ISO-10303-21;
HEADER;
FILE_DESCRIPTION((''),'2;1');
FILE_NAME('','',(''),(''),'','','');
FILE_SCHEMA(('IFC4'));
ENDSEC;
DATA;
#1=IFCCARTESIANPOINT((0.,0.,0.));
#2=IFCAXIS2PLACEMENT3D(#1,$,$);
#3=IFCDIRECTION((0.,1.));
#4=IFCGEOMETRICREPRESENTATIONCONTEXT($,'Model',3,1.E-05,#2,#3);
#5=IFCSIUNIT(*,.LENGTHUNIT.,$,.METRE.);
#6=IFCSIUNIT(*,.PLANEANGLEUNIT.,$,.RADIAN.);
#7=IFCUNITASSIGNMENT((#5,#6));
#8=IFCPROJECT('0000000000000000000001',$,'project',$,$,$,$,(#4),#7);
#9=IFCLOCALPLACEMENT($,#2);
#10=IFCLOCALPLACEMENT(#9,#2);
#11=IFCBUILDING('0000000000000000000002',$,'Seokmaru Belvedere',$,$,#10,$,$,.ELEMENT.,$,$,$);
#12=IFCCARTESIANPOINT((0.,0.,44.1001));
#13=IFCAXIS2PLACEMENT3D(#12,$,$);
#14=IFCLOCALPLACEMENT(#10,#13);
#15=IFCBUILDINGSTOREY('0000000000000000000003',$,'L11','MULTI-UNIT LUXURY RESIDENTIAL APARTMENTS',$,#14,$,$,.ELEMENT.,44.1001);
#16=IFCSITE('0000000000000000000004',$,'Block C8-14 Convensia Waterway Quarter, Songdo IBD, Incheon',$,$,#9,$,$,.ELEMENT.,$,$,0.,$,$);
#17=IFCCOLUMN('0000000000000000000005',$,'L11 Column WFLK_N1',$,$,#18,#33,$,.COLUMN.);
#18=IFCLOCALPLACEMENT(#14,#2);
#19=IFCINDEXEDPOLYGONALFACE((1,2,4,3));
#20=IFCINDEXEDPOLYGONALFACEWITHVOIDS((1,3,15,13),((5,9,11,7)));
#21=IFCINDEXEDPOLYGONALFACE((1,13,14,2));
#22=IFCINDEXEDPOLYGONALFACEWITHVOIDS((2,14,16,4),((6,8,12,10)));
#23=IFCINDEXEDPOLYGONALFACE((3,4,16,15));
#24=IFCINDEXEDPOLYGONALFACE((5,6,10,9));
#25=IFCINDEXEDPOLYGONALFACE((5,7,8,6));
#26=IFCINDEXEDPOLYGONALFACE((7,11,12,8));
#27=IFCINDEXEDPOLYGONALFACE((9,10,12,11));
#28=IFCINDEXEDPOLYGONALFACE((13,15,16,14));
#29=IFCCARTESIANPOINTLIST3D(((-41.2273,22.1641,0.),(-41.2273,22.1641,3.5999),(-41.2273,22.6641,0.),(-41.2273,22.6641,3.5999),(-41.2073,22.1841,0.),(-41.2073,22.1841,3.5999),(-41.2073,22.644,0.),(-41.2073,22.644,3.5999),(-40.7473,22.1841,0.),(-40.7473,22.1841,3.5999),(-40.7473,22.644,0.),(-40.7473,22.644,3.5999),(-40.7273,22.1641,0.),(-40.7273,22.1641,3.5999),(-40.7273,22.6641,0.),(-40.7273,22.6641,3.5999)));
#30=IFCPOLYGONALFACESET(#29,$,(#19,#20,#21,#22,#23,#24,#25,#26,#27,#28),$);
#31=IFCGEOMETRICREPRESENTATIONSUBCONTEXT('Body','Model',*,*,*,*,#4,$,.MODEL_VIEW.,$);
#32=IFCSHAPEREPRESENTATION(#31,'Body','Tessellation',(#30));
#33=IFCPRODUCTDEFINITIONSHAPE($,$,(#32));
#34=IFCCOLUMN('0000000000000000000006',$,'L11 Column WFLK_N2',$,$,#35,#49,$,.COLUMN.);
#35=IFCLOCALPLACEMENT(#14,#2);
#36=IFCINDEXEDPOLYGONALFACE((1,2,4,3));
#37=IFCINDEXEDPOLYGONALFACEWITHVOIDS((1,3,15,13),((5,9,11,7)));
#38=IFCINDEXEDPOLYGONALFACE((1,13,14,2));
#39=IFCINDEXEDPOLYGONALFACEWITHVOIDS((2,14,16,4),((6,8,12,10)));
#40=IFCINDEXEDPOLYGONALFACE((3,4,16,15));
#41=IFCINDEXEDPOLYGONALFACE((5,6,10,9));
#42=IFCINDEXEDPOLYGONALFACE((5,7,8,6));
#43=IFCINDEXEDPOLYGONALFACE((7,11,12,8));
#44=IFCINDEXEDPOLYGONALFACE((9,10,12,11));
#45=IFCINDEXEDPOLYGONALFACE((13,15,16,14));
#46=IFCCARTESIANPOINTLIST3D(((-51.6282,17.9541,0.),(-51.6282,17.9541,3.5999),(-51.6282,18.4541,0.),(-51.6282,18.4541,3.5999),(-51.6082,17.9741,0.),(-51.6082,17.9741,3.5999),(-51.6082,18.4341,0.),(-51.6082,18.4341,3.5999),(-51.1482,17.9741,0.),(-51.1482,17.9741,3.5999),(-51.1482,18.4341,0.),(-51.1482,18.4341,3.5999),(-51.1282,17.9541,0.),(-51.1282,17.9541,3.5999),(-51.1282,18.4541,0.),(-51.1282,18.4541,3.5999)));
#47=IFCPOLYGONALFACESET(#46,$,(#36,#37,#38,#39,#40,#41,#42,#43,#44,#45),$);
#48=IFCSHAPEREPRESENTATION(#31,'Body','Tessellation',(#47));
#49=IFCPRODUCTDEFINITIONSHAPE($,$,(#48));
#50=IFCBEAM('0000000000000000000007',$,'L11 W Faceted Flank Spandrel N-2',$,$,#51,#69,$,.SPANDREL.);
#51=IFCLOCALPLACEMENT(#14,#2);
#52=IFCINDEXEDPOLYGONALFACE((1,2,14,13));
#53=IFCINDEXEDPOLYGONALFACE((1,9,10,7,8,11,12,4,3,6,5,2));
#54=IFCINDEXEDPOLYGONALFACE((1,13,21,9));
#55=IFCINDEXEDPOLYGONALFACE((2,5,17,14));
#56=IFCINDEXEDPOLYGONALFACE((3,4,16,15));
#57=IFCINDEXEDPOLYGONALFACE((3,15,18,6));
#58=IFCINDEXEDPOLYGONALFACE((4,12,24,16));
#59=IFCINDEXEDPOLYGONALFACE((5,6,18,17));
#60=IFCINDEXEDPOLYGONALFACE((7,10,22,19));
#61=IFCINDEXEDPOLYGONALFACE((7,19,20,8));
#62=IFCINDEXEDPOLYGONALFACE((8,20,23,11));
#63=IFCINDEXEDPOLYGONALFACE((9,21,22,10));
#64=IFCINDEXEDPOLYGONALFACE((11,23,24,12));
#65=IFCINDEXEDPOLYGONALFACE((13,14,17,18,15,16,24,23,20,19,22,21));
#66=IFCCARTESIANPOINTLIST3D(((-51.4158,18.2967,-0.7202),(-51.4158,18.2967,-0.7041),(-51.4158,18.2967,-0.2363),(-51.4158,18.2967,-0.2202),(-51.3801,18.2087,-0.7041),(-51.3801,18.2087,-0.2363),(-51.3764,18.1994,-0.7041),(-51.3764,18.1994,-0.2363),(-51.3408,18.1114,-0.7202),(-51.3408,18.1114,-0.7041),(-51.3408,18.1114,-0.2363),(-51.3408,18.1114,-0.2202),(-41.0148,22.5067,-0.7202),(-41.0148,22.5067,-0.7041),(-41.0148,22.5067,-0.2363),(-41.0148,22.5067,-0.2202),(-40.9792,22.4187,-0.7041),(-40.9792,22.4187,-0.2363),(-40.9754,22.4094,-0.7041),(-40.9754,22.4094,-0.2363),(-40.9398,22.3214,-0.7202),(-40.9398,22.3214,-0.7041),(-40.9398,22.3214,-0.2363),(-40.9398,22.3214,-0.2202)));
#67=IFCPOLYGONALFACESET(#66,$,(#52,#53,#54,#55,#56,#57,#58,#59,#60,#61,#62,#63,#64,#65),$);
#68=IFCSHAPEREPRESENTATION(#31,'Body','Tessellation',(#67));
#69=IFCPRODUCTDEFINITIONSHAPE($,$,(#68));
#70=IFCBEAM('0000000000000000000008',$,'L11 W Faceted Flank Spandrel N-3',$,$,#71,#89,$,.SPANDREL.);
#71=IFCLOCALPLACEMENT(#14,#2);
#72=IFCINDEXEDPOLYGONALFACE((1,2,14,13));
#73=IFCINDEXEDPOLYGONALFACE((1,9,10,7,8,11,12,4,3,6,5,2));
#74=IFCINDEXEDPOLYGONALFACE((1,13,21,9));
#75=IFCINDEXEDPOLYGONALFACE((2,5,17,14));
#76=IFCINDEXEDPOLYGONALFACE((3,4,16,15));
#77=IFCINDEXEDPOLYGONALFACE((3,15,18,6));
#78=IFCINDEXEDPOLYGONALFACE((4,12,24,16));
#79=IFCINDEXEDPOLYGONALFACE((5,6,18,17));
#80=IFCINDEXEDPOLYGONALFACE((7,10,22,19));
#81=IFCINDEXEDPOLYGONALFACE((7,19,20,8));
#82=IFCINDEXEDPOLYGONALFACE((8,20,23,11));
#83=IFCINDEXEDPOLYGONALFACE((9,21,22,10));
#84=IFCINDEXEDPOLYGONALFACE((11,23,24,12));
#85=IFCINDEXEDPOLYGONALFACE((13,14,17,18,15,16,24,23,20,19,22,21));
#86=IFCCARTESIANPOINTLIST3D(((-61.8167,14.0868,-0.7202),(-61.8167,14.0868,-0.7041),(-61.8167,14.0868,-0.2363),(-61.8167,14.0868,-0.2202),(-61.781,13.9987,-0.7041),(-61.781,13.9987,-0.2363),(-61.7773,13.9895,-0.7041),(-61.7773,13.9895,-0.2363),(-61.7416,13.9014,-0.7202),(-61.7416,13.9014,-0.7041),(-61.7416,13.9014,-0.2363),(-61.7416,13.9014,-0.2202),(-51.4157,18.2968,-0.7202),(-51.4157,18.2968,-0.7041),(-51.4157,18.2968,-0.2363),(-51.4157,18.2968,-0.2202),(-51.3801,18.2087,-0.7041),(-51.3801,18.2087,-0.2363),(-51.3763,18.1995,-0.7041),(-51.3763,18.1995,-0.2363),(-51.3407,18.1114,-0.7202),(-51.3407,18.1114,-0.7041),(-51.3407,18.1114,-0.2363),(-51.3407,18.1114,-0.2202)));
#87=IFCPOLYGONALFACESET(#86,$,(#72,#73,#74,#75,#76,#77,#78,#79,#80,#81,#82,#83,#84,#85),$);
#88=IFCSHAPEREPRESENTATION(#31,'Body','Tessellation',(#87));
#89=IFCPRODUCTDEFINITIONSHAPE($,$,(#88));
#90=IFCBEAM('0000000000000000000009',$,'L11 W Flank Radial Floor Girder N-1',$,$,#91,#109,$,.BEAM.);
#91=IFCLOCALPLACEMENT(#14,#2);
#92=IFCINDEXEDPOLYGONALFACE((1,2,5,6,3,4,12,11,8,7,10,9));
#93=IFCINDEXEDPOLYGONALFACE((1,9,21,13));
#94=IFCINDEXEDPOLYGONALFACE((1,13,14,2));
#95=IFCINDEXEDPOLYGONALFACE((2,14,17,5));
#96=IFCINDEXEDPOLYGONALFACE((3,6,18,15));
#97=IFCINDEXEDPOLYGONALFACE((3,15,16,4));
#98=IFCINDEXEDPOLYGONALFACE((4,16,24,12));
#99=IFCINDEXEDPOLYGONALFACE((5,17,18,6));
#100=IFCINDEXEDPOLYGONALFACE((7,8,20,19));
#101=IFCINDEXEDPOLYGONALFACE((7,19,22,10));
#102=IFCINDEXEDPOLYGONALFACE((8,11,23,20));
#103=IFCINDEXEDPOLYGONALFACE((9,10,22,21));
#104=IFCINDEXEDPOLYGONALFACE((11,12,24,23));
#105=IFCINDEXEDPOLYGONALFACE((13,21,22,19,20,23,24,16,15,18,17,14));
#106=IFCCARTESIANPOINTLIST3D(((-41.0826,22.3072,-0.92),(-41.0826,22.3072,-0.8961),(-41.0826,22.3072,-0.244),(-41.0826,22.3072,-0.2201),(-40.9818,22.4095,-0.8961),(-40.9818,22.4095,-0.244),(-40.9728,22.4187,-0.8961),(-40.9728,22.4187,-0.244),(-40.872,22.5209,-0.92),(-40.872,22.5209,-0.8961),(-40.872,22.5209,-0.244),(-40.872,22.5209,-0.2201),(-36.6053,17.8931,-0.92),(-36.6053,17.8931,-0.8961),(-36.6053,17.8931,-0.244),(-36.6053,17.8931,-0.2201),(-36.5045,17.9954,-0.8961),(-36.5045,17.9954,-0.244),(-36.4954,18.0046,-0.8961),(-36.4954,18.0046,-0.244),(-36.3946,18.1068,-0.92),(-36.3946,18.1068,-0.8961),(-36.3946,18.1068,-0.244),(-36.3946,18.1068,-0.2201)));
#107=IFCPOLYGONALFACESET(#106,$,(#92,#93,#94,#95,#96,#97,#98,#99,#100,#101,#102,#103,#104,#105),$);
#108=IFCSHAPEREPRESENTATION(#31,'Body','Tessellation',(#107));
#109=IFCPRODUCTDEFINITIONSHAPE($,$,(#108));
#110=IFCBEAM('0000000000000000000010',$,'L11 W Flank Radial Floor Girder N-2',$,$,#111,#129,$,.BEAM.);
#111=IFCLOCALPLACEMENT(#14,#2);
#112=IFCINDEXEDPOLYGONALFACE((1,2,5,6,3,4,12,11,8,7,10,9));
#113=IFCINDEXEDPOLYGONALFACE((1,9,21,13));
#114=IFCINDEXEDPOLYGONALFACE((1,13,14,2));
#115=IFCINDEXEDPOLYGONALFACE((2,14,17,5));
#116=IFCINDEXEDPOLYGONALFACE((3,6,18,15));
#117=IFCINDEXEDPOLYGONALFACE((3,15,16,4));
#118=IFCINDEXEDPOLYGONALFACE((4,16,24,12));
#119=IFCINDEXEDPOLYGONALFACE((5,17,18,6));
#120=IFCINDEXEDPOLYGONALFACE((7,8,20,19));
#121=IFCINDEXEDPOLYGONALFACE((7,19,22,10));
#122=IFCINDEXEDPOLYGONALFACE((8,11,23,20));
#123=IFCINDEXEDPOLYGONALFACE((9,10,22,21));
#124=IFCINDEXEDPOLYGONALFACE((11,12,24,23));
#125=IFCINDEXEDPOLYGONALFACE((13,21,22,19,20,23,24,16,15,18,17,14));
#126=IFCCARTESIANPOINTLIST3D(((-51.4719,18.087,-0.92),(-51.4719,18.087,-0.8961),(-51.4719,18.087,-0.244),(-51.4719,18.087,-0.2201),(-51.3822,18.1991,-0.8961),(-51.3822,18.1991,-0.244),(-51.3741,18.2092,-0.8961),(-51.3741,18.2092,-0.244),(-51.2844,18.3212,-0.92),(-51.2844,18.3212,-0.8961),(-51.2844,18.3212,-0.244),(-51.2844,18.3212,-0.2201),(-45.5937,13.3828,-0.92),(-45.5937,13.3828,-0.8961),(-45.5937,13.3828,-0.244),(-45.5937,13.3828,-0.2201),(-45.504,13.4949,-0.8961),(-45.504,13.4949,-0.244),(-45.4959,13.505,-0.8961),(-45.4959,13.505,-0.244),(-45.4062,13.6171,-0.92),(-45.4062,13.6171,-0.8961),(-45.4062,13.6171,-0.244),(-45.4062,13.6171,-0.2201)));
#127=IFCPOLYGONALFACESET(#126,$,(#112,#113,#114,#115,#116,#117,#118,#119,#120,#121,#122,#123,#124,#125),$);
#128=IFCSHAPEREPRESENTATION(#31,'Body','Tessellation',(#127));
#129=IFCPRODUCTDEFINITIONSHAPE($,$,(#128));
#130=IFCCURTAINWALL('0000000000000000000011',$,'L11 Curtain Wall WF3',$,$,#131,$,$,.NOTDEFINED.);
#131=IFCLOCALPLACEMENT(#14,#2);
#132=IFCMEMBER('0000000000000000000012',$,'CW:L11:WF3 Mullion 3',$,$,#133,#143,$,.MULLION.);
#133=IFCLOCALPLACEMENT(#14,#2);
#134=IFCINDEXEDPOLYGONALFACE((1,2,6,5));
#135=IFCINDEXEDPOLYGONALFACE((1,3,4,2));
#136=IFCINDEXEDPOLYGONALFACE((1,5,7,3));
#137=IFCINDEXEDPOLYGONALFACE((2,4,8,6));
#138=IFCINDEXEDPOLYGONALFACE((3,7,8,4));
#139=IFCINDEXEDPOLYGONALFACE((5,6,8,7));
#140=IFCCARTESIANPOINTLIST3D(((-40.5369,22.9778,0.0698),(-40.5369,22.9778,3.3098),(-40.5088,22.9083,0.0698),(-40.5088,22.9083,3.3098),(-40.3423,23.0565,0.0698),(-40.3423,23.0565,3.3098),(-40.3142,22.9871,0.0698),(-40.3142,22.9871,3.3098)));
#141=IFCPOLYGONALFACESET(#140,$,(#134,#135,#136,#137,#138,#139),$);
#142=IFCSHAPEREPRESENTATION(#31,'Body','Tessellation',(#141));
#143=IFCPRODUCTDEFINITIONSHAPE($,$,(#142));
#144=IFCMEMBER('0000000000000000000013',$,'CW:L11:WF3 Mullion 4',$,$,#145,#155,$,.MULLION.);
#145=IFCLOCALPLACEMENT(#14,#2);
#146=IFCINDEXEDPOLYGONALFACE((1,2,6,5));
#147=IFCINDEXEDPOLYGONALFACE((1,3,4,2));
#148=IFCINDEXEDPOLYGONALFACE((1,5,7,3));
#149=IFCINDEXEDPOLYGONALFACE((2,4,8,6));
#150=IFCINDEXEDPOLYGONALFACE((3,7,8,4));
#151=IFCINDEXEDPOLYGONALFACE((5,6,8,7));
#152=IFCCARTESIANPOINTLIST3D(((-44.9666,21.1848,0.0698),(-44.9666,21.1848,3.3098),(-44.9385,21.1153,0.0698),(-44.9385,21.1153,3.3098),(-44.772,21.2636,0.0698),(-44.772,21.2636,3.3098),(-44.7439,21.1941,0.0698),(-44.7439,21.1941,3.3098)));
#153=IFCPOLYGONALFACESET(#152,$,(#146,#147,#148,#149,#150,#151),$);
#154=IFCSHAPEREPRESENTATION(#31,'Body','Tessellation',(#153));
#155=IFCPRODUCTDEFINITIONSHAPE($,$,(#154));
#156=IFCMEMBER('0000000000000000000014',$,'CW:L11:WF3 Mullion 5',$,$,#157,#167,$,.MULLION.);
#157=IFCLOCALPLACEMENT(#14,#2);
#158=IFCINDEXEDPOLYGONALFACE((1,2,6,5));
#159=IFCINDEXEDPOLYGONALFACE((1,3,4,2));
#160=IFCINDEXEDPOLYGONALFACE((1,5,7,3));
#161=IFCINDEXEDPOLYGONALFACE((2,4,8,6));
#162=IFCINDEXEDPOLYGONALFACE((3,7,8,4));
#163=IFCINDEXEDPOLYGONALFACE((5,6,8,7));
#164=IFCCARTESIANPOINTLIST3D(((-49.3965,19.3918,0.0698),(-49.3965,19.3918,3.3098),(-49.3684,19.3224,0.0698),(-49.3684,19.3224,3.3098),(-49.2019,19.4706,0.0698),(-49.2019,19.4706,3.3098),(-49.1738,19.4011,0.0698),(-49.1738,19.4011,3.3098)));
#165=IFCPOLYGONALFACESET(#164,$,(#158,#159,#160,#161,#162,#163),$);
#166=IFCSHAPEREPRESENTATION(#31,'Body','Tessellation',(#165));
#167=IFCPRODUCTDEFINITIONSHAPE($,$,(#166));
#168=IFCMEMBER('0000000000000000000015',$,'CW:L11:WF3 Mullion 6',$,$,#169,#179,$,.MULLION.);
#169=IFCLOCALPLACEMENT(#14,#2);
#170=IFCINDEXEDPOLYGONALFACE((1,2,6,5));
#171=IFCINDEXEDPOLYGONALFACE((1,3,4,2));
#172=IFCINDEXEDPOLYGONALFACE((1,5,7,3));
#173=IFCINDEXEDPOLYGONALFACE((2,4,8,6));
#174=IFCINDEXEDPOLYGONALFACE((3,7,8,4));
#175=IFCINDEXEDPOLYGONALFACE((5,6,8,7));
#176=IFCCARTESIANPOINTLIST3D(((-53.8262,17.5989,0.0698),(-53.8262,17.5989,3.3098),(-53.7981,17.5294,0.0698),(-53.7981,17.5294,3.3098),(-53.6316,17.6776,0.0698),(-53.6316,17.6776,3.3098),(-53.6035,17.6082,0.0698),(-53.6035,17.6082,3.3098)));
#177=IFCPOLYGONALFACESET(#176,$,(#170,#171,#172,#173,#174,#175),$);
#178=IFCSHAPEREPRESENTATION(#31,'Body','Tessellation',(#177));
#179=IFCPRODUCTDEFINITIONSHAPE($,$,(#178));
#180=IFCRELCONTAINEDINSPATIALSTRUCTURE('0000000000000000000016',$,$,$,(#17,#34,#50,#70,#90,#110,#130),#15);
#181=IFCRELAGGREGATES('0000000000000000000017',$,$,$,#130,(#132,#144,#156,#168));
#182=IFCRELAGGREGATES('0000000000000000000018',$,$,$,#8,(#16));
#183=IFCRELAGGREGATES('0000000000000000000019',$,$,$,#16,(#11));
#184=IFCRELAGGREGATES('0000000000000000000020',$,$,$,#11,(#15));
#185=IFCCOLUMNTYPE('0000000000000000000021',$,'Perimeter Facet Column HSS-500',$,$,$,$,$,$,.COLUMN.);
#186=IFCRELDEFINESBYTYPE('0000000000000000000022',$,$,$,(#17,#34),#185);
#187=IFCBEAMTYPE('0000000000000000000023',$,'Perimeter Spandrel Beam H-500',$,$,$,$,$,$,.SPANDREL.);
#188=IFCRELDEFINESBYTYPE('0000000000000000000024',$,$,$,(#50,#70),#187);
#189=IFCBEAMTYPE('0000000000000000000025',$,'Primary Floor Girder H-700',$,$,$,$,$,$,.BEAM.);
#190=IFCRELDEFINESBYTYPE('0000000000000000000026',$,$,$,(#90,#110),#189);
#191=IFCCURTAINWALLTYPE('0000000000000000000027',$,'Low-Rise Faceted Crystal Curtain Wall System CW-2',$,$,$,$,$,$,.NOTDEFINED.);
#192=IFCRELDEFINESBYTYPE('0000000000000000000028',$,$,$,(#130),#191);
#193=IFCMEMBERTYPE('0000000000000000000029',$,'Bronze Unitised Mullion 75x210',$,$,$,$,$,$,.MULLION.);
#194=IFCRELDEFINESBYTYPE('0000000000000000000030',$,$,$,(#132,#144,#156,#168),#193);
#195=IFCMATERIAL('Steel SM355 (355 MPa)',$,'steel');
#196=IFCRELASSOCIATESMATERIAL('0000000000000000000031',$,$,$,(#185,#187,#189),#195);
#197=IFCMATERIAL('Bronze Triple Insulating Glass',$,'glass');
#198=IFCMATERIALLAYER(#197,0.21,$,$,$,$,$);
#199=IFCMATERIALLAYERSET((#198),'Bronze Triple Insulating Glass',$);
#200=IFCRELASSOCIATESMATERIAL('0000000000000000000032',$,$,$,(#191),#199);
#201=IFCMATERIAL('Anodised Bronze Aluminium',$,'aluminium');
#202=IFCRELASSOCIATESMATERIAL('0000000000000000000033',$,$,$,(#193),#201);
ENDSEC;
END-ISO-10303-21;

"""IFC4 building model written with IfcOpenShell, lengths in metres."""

from ifc_helpers import new_model, si_unit, direction, frame, origin, origin_2d, place, context, subcontext, project, spatial, rectangle, hollow_rectangle, i_section, extrude, source, transform, mapped, material, layer, layer_set, material_profile, profile_set, type_object, type_shapes, element, aggregate, save


model = new_model("IFC4")

# Units and contexts
model_context = context("Model", 3, precision=1e-05, world=origin(), true_north=direction((0.0, 1.0)))
body_context = subcontext(model_context, "Body", "Model", "MODEL_VIEW")
ifc_project = project(units=[si_unit("LENGTHUNIT", "METRE"), si_unit("PLANEANGLEUNIT", "RADIAN")], contexts=[model_context])

# Site, building, storey
site_placement = place(None, origin())
site = spatial("IfcSite", under=ifc_project, at=site_placement, Name="Block C8-14 Convensia Waterway Quarter, Songdo IBD, Incheon", CompositionType="ELEMENT", RefElevation=0.0)
building_placement = place(site_placement, origin())
building = spatial("IfcBuilding", under=site, at=building_placement, Name="Seokmaru Belvedere", CompositionType="ELEMENT")
storey_placement = place(building_placement, frame((0.0, 0.0, 44.1001)))
storey = spatial("IfcBuildingStorey", under=building, at=storey_placement, Name="L11", Description="MULTI-UNIT LUXURY RESIDENTIAL APARTMENTS", CompositionType="ELEMENT", Elevation=44.1001)

# Columns
ifc_material_1 = material(Name="Steel SM355 (355 MPa)", Category="steel")
ifc_material_profile_1 = material_profile(ifc_material_1, hollow_rectangle(XDim=0.5, YDim=0.5, WallThickness=0.02, at=origin_2d()), Name="HSS-500x500x20")
ifc_profile_set_1 = profile_set([ifc_material_profile_1], Name="Steel SM355 (355 MPa)")
column_type = type_object("IfcColumnType", Name="Perimeter Facet Column HSS-500", PredefinedType="COLUMN", material=ifc_profile_set_1)
shared_shape_1 = source(origin(), body_context, "Body", "SweptSolid", [
    extrude(hollow_rectangle(XDim=0.5, YDim=0.5, WallThickness=0.02, at=origin_2d()), origin(), (0.0, 0.0, 1.0), 3.5999),
])
type_shapes(column_type, [shared_shape_1])
for number, where, z_axis, x_axis, name in (
    (1, (-40.9773, 22.4141, 0.0), (0.0, 0.0, 1.0), (1.0, 0.0, 0.0), "L11 Column WFLK_N1"),
    (2, (-51.3782, 18.2041, 0.0), (0.0, 0.0, 1.0), (1.0, 0.0, 0.0), "L11 Column WFLK_N2"),
):
    element("IfcColumn", number, at=place(storey_placement, frame(where, z_axis=z_axis, x_axis=x_axis)), inside=storey, type_object=column_type, Name=name, PredefinedType="COLUMN", context=body_context, shape_type="MappedRepresentation", body=[
        mapped(shared_shape_1, transform((0.0, 0.0, 0.0), scale=1.0)),
    ])

# Beams
ifc_material_profile_2 = material_profile(ifc_material_1, i_section(OverallWidth=0.2, OverallDepth=0.5, WebThickness=0.01, FlangeThickness=0.0161, at=origin_2d()), Name="H-500x200x10x16")
ifc_profile_set_2 = profile_set([ifc_material_profile_2], Name="Steel SM355 (355 MPa)")
beam_type_1 = type_object("IfcBeamType", Name="Perimeter Spandrel Beam H-500", PredefinedType="SPANDREL", material=ifc_profile_set_2)
shared_shape_2 = source(origin(), body_context, "Body", "SweptSolid", [
    extrude(i_section(OverallWidth=0.2, OverallDepth=0.5, WebThickness=0.01, FlangeThickness=0.0161, at=origin_2d()), origin(), (0.0, 0.0, 1.0), 11.2207),
])
type_shapes(beam_type_1, [shared_shape_2])
for number, where, z_axis, x_axis, name in (
    (3, (-40.9773, 22.4141, -0.4702), (-0.926944, -0.375199, 0.0), (0.375199, -0.926944, 0.0), "L11 W Faceted Flank Spandrel N-2"),
    (4, (-51.3782, 18.2041, -0.4702), (-0.926944, -0.375199, 0.0), (0.375199, -0.926944, 0.0), "L11 W Faceted Flank Spandrel N-3"),
):
    element("IfcBeam", number, at=place(storey_placement, frame(where, z_axis=z_axis, x_axis=x_axis)), inside=storey, type_object=beam_type_1, Name=name, PredefinedType="SPANDREL", context=body_context, shape_type="MappedRepresentation", body=[
        mapped(shared_shape_2, transform((0.0, 0.0, 0.0), scale=1.0)),
    ])
ifc_material_profile_3 = material_profile(ifc_material_1, i_section(OverallWidth=0.3, OverallDepth=0.7, WebThickness=0.0129, FlangeThickness=0.0239, at=origin_2d()), Name="H-700x300x13x24")
ifc_profile_set_3 = profile_set([ifc_material_profile_3], Name="Steel SM355 (355 MPa)")
beam_type_2 = type_object("IfcBeamType", Name="Primary Floor Girder H-700", PredefinedType="BEAM", material=ifc_profile_set_3)
shared_shape_3 = source(origin(), body_context, "Body", "SweptSolid", [
    extrude(i_section(OverallWidth=0.3, OverallDepth=0.7, WebThickness=0.0129, FlangeThickness=0.0239, at=origin_2d()), origin(), (0.0, 0.0, 1.0), 6.2874),
])
beam_1_placement = place(storey_placement, frame((-40.9773, 22.4141, -0.5701), z_axis=(0.712117, -0.70206, 0.0), x_axis=(0.70206, 0.712117, 0.0)))
element("IfcBeam", 5, at=beam_1_placement, inside=storey, type_object=beam_type_2, Name="L11 W Flank Radial Floor Girder N-1", PredefinedType="BEAM", context=body_context, shape_type="MappedRepresentation", body=[
    mapped(shared_shape_3, transform((0.0, 0.0, 0.0), scale=1.0)),
])
shared_shape_4 = source(origin(), body_context, "Body", "SweptSolid", [
    extrude(i_section(OverallWidth=0.3, OverallDepth=0.7, WebThickness=0.0129, FlangeThickness=0.0239, at=origin_2d()), origin(), (0.0, 0.0, 1.0), 7.5288),
])
type_shapes(beam_type_2, [shared_shape_3, shared_shape_4])
beam_2_placement = place(storey_placement, frame((-51.3782, 18.2041, -0.5701), z_axis=(0.780768, -0.624822, 0.0), x_axis=(0.624822, 0.780768, 0.0)))
element("IfcBeam", 6, at=beam_2_placement, inside=storey, type_object=beam_type_2, Name="L11 W Flank Radial Floor Girder N-2", PredefinedType="BEAM", context=body_context, shape_type="MappedRepresentation", body=[
    mapped(shared_shape_4, transform((0.0, 0.0, 0.0), scale=1.0)),
])

# Curtain wall, members
ifc_material_2 = material(Name="Bronze Triple Insulating Glass", Category="glass")
ifc_layer_1 = layer(ifc_material_2, 0.21)
ifc_layer_set_1 = layer_set([ifc_layer_1], Name="Bronze Triple Insulating Glass")
curtain_wall_type = type_object("IfcCurtainWallType", Name="Low-Rise Faceted Crystal Curtain Wall System CW-2", PredefinedType="NOTDEFINED", material=ifc_layer_set_1)
curtain_wall_placement = place(storey_placement, origin())
curtain_wall = element("IfcCurtainWall", 7, at=curtain_wall_placement, inside=storey, type_object=curtain_wall_type, Name="L11 Curtain Wall WF3", PredefinedType="NOTDEFINED")
ifc_material_3 = material(Name="Anodised Bronze Aluminium", Category="aluminium")
ifc_material_profile_4 = material_profile(ifc_material_3, rectangle(XDim=0.075, YDim=0.21, at=origin_2d()), Name="CW-M-75x210")
ifc_profile_set_4 = profile_set([ifc_material_profile_4], Name="Anodised Bronze Aluminium")
member_type = type_object("IfcMemberType", Name="Bronze Unitised Mullion 75x210", PredefinedType="MULLION", material=ifc_profile_set_4)
shared_shape_5 = source(origin(), body_context, "Body", "SweptSolid", [
    extrude(rectangle(XDim=0.075, YDim=0.21, at=origin_2d()), origin(), (0.0, 0.0, 1.0), 3.24),
])
type_shapes(member_type, [shared_shape_5])
member_1_placement = place(storey_placement, frame((-40.4255, 22.9824, 0.0698), z_axis=(0.0, 0.0, 1.0), x_axis=(0.375192, -0.926947, 0.0)))
member_1 = element("IfcMember", 8, at=member_1_placement, type_object=member_type, Name="CW:L11:WF3 Mullion 3", PredefinedType="MULLION", context=body_context, shape_type="MappedRepresentation", body=[
    mapped(shared_shape_5, transform((0.0, 0.0, 0.0), scale=1.0)),
])
member_2_placement = place(storey_placement, frame((-44.8552, 21.1895, 0.0698), z_axis=(0.0, 0.0, 1.0), x_axis=(0.375192, -0.926947, 0.0)))
member_2 = element("IfcMember", 9, at=member_2_placement, type_object=member_type, Name="CW:L11:WF3 Mullion 4", PredefinedType="MULLION", context=body_context, shape_type="MappedRepresentation", body=[
    mapped(shared_shape_5, transform((0.0, 0.0, 0.0), scale=1.0)),
])
member_3_placement = place(storey_placement, frame((-49.2852, 19.3965, 0.0698), z_axis=(0.0, 0.0, 1.0), x_axis=(0.375192, -0.926947, 0.0)))
member_3 = element("IfcMember", 10, at=member_3_placement, type_object=member_type, Name="CW:L11:WF3 Mullion 5", PredefinedType="MULLION", context=body_context, shape_type="MappedRepresentation", body=[
    mapped(shared_shape_5, transform((0.0, 0.0, 0.0), scale=1.0)),
])
member_4_placement = place(storey_placement, frame((-53.7148, 17.6035, 0.0698), z_axis=(0.0, 0.0, 1.0), x_axis=(0.375192, -0.926947, 0.0)))
member_4 = element("IfcMember", 11, at=member_4_placement, type_object=member_type, Name="CW:L11:WF3 Mullion 6", PredefinedType="MULLION", context=body_context, shape_type="MappedRepresentation", body=[
    mapped(shared_shape_5, transform((0.0, 0.0, 0.0), scale=1.0)),
])
aggregate(curtain_wall, [member_1, member_2, member_3, member_4])

save(model, "model.ifc")
